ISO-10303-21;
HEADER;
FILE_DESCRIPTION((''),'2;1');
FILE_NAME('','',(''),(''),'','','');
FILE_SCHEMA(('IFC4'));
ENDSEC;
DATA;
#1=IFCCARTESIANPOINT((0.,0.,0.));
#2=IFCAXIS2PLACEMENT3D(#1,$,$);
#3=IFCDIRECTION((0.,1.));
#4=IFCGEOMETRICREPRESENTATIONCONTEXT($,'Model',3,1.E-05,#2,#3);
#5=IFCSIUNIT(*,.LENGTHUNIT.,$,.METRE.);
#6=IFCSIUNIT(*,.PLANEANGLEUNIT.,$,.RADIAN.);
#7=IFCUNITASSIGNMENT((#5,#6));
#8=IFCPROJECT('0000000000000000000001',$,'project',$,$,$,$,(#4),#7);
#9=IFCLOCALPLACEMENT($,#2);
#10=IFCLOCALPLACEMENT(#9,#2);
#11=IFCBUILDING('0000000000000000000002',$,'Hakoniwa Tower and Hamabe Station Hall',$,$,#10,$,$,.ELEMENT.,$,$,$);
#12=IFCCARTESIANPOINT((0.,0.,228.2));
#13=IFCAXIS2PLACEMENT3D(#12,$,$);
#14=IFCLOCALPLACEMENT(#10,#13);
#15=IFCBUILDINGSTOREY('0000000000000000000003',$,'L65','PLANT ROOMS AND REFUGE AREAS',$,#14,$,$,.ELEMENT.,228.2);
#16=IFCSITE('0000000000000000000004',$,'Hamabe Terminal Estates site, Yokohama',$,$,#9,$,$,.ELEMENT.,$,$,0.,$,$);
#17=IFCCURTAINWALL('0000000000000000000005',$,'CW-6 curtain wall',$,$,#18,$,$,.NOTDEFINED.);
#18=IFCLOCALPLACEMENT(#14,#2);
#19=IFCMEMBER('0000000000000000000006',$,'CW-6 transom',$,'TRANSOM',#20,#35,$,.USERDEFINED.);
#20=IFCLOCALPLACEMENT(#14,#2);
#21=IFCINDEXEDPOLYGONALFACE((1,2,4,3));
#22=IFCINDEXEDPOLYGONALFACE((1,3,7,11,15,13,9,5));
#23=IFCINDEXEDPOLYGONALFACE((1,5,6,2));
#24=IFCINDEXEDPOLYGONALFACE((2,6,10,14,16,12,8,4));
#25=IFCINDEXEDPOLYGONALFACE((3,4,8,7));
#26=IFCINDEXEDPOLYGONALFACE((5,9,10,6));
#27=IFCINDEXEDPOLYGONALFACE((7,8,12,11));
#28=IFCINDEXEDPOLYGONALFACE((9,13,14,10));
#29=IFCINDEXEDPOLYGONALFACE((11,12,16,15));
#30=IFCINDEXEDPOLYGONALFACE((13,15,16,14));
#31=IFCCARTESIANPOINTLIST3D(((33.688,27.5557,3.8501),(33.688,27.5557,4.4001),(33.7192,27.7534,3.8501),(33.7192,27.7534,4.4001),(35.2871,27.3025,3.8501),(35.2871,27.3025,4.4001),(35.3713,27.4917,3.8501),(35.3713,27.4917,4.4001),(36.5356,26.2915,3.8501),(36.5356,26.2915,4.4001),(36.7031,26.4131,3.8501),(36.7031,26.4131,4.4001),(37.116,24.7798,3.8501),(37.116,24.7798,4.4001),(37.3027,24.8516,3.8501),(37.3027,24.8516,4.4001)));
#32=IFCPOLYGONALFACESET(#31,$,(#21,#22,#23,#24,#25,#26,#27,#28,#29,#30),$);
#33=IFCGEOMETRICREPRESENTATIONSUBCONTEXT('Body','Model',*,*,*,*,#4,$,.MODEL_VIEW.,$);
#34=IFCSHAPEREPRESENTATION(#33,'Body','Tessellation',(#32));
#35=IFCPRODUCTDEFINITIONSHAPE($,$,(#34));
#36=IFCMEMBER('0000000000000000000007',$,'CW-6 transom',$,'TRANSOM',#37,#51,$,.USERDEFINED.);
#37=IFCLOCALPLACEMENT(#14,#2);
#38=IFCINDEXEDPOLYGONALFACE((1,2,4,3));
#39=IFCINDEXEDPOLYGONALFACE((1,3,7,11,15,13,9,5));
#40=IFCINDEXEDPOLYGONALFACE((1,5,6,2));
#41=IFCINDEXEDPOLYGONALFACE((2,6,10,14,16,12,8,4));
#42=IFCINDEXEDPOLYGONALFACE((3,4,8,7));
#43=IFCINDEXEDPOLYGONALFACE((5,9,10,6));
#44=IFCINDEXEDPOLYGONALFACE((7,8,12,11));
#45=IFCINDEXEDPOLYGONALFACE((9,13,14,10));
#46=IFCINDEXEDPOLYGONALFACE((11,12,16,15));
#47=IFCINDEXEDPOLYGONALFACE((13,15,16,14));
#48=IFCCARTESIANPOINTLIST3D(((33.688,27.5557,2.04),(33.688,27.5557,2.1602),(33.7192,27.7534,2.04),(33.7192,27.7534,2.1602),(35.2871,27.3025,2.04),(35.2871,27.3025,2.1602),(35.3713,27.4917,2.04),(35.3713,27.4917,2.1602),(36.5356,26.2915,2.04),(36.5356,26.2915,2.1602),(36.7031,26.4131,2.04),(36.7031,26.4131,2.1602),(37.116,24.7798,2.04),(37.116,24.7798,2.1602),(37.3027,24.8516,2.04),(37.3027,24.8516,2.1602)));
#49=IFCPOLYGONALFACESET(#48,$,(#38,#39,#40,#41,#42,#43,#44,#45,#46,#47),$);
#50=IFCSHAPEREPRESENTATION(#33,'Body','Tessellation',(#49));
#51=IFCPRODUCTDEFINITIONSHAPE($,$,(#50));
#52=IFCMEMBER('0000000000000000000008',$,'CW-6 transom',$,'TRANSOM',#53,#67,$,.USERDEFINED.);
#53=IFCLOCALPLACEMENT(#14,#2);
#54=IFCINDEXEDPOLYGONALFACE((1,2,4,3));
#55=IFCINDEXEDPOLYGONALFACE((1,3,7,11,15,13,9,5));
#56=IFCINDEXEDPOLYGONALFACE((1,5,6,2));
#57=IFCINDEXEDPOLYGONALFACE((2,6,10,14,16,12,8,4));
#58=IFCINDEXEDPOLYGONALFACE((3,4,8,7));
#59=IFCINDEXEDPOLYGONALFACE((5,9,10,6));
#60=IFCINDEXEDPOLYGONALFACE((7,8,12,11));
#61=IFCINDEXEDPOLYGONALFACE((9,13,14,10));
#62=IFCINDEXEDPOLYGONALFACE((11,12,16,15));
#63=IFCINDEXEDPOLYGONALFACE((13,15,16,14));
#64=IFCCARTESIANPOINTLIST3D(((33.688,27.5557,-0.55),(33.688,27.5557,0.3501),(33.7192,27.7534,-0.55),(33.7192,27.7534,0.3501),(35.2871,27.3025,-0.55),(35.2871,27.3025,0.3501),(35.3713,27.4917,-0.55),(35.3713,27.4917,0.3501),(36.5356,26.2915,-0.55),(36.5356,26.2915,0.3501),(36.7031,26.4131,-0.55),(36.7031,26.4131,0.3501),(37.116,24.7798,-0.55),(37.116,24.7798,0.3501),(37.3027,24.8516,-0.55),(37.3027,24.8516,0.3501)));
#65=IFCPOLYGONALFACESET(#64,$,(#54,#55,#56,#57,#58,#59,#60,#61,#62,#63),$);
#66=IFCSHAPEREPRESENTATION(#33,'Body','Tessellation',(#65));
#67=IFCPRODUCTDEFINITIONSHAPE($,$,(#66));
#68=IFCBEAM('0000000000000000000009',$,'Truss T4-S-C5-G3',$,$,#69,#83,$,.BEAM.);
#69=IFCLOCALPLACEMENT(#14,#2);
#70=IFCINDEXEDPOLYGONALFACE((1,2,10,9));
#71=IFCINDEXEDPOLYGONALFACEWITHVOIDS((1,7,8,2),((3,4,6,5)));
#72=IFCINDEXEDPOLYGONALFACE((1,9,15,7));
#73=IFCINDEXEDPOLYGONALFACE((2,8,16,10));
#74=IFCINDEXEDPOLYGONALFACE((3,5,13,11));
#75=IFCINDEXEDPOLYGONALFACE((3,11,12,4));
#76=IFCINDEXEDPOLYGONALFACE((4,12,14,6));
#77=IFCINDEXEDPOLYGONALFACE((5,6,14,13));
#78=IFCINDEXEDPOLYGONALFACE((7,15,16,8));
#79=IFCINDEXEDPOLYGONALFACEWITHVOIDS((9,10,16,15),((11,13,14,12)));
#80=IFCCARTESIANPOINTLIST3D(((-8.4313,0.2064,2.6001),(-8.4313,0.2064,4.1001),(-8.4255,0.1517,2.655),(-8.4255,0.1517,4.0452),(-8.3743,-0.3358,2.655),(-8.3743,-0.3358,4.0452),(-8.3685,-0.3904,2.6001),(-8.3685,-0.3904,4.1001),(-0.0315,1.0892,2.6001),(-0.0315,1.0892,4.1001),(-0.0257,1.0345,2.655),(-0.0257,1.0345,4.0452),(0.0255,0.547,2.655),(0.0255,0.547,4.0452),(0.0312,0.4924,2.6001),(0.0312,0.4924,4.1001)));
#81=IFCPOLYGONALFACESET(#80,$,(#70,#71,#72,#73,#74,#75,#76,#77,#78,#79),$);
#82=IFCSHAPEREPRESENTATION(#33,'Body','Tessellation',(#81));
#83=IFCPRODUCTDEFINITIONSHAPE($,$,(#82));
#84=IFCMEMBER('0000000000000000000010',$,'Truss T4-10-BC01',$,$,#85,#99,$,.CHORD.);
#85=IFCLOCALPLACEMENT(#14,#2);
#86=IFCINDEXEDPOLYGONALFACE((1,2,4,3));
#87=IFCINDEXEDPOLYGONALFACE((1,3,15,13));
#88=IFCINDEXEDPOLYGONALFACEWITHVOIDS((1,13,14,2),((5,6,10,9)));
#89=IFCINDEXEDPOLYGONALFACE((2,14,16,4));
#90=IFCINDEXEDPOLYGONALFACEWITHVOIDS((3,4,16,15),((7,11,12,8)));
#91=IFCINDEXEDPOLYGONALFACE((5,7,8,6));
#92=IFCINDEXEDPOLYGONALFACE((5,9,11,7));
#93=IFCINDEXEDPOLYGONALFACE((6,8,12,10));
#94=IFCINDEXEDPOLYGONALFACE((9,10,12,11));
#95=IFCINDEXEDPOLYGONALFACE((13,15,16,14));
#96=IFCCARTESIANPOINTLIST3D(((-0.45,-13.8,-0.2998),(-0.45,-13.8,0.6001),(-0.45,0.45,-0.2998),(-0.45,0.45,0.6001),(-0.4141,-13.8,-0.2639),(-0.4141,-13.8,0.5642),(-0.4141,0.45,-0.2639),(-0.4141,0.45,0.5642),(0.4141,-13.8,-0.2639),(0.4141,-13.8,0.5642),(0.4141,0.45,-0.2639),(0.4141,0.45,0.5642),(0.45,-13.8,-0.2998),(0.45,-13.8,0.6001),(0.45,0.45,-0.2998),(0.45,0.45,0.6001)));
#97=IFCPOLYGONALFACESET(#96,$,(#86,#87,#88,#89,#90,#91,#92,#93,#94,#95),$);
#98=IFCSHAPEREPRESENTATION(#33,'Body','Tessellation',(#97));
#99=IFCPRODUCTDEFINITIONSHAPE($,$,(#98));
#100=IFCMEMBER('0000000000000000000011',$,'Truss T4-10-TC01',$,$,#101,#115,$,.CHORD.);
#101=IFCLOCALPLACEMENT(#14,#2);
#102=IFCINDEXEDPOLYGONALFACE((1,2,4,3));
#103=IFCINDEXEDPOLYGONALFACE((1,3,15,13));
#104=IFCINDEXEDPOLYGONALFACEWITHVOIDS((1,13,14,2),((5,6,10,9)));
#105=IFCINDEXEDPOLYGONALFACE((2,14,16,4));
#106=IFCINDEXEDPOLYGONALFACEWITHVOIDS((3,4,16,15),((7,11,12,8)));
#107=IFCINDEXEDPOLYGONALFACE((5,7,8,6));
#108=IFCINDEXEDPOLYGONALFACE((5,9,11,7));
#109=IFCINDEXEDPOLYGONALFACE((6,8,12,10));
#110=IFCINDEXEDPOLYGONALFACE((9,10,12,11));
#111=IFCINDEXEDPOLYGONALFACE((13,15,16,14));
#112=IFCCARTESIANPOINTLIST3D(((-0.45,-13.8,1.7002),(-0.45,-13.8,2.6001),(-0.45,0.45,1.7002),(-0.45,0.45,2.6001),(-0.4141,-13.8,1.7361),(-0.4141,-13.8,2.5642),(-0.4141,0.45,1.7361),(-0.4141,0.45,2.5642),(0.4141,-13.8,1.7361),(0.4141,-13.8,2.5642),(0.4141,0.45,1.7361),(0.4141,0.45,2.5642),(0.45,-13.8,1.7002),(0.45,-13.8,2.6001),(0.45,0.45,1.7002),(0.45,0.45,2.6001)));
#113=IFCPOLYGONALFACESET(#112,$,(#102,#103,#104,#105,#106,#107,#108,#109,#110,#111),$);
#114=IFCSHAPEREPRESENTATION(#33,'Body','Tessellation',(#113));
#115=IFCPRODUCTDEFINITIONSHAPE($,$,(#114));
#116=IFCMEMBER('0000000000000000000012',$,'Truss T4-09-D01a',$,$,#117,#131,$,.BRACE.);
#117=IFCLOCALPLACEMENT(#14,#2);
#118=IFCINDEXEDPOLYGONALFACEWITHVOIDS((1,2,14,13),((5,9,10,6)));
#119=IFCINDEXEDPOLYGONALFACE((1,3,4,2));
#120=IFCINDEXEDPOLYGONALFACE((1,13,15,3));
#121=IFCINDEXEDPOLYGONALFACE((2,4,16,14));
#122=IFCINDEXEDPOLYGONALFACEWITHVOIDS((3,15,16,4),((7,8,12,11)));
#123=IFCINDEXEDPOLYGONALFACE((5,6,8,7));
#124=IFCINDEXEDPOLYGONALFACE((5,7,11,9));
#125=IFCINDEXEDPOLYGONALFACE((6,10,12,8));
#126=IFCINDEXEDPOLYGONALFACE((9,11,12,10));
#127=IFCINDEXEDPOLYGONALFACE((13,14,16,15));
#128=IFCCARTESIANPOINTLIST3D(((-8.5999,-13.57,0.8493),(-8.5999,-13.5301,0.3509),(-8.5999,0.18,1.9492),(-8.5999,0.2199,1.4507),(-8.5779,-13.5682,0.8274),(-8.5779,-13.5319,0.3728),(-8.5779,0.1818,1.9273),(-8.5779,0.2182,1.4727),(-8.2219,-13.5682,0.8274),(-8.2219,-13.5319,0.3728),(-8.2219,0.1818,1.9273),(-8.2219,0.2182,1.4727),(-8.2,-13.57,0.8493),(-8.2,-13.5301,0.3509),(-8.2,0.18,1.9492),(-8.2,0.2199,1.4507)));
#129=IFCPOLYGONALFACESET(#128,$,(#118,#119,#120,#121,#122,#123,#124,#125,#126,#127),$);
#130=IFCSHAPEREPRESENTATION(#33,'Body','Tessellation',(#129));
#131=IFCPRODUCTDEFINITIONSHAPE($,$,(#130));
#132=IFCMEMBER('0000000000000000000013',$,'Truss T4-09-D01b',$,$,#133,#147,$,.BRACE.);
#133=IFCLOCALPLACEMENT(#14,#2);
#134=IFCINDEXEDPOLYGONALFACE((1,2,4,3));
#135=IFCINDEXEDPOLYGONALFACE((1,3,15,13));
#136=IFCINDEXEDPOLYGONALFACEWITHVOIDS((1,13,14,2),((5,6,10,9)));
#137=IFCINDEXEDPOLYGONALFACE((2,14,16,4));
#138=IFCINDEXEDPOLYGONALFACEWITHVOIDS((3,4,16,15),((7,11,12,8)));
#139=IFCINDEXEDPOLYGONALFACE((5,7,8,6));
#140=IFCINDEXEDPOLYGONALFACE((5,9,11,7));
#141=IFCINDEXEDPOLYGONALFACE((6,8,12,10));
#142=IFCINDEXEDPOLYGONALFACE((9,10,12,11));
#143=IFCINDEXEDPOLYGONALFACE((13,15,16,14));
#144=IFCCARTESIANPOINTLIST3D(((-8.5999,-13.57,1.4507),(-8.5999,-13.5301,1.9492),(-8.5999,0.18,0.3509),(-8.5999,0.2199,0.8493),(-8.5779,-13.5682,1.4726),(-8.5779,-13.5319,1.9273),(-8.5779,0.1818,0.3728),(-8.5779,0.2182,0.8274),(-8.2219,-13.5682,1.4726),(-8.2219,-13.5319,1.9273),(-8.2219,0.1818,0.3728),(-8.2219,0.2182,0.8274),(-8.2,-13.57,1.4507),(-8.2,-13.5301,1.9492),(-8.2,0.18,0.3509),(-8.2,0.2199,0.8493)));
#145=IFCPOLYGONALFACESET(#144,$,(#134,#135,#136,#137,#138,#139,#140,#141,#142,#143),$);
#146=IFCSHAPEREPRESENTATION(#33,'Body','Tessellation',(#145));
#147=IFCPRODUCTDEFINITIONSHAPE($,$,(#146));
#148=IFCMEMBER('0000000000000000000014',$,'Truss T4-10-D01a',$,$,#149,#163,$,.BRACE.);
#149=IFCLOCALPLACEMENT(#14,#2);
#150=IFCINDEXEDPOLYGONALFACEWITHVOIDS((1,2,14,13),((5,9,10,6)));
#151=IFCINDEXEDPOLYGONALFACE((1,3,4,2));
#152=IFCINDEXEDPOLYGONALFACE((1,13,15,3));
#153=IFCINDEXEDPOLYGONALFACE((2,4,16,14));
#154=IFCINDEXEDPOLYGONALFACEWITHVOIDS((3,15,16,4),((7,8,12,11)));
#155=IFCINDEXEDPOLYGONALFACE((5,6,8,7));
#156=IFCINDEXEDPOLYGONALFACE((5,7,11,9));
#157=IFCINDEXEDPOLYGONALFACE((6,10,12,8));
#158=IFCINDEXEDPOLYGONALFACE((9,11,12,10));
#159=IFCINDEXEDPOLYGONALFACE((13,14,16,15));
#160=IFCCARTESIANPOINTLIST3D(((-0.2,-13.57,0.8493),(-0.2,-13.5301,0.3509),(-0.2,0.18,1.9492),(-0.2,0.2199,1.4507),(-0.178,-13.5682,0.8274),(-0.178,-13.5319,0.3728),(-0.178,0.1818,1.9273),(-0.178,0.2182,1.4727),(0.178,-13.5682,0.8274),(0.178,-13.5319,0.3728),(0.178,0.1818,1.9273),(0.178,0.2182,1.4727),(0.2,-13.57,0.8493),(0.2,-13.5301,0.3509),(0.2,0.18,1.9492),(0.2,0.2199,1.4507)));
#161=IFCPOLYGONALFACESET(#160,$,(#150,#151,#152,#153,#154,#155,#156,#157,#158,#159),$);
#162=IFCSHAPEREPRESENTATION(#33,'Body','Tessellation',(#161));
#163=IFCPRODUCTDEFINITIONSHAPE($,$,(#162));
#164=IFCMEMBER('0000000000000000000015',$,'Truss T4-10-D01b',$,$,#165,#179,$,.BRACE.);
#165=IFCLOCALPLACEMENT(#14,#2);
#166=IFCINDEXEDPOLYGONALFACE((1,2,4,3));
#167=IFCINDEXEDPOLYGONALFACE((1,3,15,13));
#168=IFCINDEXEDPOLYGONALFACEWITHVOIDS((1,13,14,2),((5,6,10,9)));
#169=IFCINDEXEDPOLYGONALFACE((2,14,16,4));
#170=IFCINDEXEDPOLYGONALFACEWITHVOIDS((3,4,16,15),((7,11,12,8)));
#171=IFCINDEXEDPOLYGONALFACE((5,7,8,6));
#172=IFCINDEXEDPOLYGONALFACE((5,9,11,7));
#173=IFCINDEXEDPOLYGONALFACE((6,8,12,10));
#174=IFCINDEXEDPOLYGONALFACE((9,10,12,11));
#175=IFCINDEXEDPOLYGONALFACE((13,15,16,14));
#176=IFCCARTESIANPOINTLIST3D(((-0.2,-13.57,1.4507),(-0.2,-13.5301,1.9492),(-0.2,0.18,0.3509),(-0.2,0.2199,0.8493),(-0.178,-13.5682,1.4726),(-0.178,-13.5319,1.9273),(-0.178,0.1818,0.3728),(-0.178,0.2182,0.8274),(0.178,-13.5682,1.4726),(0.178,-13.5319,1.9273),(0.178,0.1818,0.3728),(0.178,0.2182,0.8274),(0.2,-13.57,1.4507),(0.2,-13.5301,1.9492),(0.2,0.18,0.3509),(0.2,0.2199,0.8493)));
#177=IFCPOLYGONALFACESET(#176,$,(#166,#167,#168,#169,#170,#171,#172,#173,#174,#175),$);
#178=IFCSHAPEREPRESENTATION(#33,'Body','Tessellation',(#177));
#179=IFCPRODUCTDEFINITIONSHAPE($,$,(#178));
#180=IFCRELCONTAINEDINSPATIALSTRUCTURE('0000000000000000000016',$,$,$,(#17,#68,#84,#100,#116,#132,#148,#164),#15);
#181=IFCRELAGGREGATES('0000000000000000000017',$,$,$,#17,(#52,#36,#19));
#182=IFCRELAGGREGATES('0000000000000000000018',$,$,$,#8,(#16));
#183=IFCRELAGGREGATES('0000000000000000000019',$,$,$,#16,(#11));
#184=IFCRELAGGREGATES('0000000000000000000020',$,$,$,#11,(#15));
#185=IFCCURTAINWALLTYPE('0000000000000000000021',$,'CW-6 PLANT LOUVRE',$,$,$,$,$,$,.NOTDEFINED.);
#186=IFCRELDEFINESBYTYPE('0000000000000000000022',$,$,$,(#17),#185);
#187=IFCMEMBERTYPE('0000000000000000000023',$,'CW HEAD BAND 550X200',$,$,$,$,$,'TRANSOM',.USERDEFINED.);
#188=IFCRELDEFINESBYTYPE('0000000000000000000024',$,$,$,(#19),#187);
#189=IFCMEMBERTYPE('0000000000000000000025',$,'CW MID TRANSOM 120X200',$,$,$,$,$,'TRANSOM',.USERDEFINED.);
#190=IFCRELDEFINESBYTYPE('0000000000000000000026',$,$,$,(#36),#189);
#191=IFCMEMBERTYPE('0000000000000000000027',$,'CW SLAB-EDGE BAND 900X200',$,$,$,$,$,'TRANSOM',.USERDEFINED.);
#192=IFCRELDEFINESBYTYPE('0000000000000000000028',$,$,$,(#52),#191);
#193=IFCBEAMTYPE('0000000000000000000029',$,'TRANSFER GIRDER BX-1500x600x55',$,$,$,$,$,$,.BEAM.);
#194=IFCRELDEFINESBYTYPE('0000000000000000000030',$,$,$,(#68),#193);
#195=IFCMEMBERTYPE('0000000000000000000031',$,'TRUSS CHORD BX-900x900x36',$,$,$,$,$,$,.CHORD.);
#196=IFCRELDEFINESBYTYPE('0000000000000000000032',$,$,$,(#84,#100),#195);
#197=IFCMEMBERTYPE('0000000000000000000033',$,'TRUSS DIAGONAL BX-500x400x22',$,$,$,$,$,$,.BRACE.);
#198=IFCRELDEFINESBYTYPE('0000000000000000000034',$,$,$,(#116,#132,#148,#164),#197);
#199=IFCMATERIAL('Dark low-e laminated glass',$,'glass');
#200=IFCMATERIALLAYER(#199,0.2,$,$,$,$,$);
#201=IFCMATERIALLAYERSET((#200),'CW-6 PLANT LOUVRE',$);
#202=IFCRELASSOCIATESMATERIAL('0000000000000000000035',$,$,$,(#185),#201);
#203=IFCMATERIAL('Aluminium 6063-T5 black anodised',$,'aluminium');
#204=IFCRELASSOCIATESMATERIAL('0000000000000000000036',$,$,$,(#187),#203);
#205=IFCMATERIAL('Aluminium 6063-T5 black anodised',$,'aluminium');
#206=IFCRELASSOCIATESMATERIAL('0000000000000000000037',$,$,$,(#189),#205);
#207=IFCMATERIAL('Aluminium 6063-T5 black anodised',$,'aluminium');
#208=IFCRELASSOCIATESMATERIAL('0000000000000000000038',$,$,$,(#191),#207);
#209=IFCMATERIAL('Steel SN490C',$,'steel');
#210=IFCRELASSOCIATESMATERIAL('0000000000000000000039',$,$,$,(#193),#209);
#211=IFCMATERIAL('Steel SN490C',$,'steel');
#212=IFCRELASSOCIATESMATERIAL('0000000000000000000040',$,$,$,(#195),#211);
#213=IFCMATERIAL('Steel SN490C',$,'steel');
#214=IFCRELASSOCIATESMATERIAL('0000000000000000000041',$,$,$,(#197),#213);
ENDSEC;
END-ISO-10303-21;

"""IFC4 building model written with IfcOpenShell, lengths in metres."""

from ifc_helpers import new_model, si_unit, direction, frame, origin, origin_2d, place, context, subcontext, project, spatial, polyline, rectangle, hollow_rectangle, outline, extrude, material, layer, layer_set, material_profile, profile_set, type_object, element, aggregate, save


model = new_model("IFC4")

# Units and contexts
model_context = context("Model", 3, precision=1e-05, world=origin(), true_north=direction((0.0, 1.0)))
body_context = subcontext(model_context, "Body", "Model", "MODEL_VIEW")
ifc_project = project(units=[si_unit("LENGTHUNIT", "METRE"), si_unit("PLANEANGLEUNIT", "RADIAN")], contexts=[model_context])

# Site, building, storey
site_placement = place(None, origin())
site = spatial("IfcSite", under=ifc_project, at=site_placement, Name="Hamabe Terminal Estates site, Yokohama", CompositionType="ELEMENT", RefElevation=0.0)
building_placement = place(site_placement, origin())
building = spatial("IfcBuilding", under=site, at=building_placement, Name="Hakoniwa Tower and Hamabe Station Hall", CompositionType="ELEMENT")
storey_placement = place(building_placement, frame((0.0, 0.0, 228.2)))
storey = spatial("IfcBuildingStorey", under=building, at=storey_placement, Name="L65", Description="PLANT ROOMS AND REFUGE AREAS", CompositionType="ELEMENT", Elevation=228.2)

# Curtain wall, members
ifc_material_1 = material(Name="Dark low-e laminated glass", Category="glass")
ifc_layer_1 = layer(ifc_material_1, 0.2)
ifc_layer_set_1 = layer_set([ifc_layer_1], Name="CW-6 PLANT LOUVRE")
curtain_wall_type = type_object("IfcCurtainWallType", Name="CW-6 PLANT LOUVRE", PredefinedType="NOTDEFINED", material=ifc_layer_set_1)
curtain_wall_placement = place(storey_placement, origin())
curtain_wall = element("IfcCurtainWall", 1, at=curtain_wall_placement, inside=storey, type_object=curtain_wall_type, Name="CW-6 curtain wall", PredefinedType="NOTDEFINED")
ifc_material_2 = material(Name="Aluminium 6063-T5 black anodised", Category="aluminium")
ifc_material_profile_1 = material_profile(ifc_material_2, rectangle(XDim=0.2, YDim=0.55, at=origin_2d()), Name="CW HEAD BAND 550X200")
ifc_profile_set_1 = profile_set([ifc_material_profile_1], Name="Aluminium 6063-T5 black anodised")
member_type_1 = type_object("IfcMemberType", Name="CW HEAD BAND 550X200", ElementType="TRANSOM", PredefinedType="USERDEFINED", material=ifc_profile_set_1)
member_1_placement = place(storey_placement, frame((0.0, 0.0, 3.8501)))
member_1 = element("IfcMember", 2, at=member_1_placement, type_object=member_type_1, Name="CW-6 transom", ObjectType="TRANSOM", PredefinedType="USERDEFINED", context=body_context, shape_type="SweptSolid", body=[
    extrude(outline(polyline([(37.3027, 24.8516), (36.7031, 26.4131), (35.3713, 27.4917), (33.7192, 27.7534), (33.688, 27.5557), (35.2871, 27.3025), (36.5356, 26.2915), (37.116, 24.7798), (37.3027, 24.8516)])), origin(), (0.0, 0.0, 1.0), 0.55),
])
ifc_material_3 = material(Name="Aluminium 6063-T5 black anodised", Category="aluminium")
ifc_material_profile_2 = material_profile(ifc_material_3, rectangle(XDim=0.2, YDim=0.1201, at=origin_2d()), Name="CW MID TRANSOM 120X200")
ifc_profile_set_2 = profile_set([ifc_material_profile_2], Name="Aluminium 6063-T5 black anodised")
member_type_2 = type_object("IfcMemberType", Name="CW MID TRANSOM 120X200", ElementType="TRANSOM", PredefinedType="USERDEFINED", material=ifc_profile_set_2)
member_2_placement = place(storey_placement, frame((0.0, 0.0, 2.04)))
member_2 = element("IfcMember", 3, at=member_2_placement, type_object=member_type_2, Name="CW-6 transom", ObjectType="TRANSOM", PredefinedType="USERDEFINED", context=body_context, shape_type="SweptSolid", body=[
    extrude(outline(polyline([(37.3027, 24.8516), (36.7031, 26.4131), (35.3713, 27.4917), (33.7192, 27.7534), (33.688, 27.5557), (35.2871, 27.3025), (36.5356, 26.2915), (37.116, 24.7798), (37.3027, 24.8516)])), origin(), (0.0, 0.0, 1.0), 0.1201),
])
ifc_material_4 = material(Name="Aluminium 6063-T5 black anodised", Category="aluminium")
ifc_material_profile_3 = material_profile(ifc_material_4, rectangle(XDim=0.2, YDim=0.8999, at=origin_2d()), Name="CW SLAB-EDGE BAND 900X200")
ifc_profile_set_3 = profile_set([ifc_material_profile_3], Name="Aluminium 6063-T5 black anodised")
member_type_3 = type_object("IfcMemberType", Name="CW SLAB-EDGE BAND 900X200", ElementType="TRANSOM", PredefinedType="USERDEFINED", material=ifc_profile_set_3)
member_3_placement = place(storey_placement, frame((0.0, 0.0, -0.55)))
member_3 = element("IfcMember", 4, at=member_3_placement, type_object=member_type_3, Name="CW-6 transom", ObjectType="TRANSOM", PredefinedType="USERDEFINED", context=body_context, shape_type="SweptSolid", body=[
    extrude(outline(polyline([(37.3027, 24.8516), (36.7031, 26.4131), (35.3713, 27.4917), (33.7192, 27.7534), (33.688, 27.5557), (35.2871, 27.3025), (36.5356, 26.2915), (37.116, 24.7798), (37.3027, 24.8516)])), origin(), (0.0, 0.0, 1.0), 0.9001),
])

# Beam
ifc_material_5 = material(Name="Steel SN490C", Category="steel")
ifc_material_profile_4 = material_profile(ifc_material_5, hollow_rectangle(XDim=0.6001, YDim=1.5, WallThickness=0.0549, at=origin_2d()), Name="BX-1500x600x55")
ifc_profile_set_4 = profile_set([ifc_material_profile_4], Name="Steel SN490C")
beam_type = type_object("IfcBeamType", Name="TRANSFER GIRDER BX-1500x600x55", PredefinedType="BEAM", material=ifc_profile_set_4)
beam_placement = place(storey_placement, frame((-8.3999, -0.092, 3.3501), z_axis=(0.994523, 0.104522, 0.0), x_axis=(-0.104522, 0.994523, 0.0)))
element("IfcBeam", 5, at=beam_placement, inside=storey, type_object=beam_type, Name="Truss T4-S-C5-G3", PredefinedType="BEAM", context=body_context, shape_type="SweptSolid", body=[
    extrude(hollow_rectangle(XDim=0.6001, YDim=1.5, WallThickness=0.0549, at=origin_2d()), origin(), (0.0, 0.0, 1.0), 8.446),
])

# Members
ifc_material_6 = material(Name="Steel SN490C", Category="steel")
ifc_material_profile_5 = material_profile(ifc_material_6, hollow_rectangle(XDim=0.8999, YDim=0.8999, WallThickness=0.0359, at=origin_2d()), Name="BX-900x900x36")
ifc_profile_set_5 = profile_set([ifc_material_profile_5], Name="Steel SN490C")
member_type_4 = type_object("IfcMemberType", Name="TRUSS CHORD BX-900x900x36", PredefinedType="CHORD", material=ifc_profile_set_5)
for number, where, z_axis, x_axis, name in (
    (6, (0.0, -13.8, 0.1501), (0.0, 1.0, 0.0), (-1.0, 0.0, 0.0), "Truss T4-10-BC01"),
    (7, (0.0, -13.8, 2.1501), (0.0, 1.0, 0.0), (-1.0, 0.0, 0.0), "Truss T4-10-TC01"),
):
    element("IfcMember", number, at=place(storey_placement, frame(where, z_axis=z_axis, x_axis=x_axis)), inside=storey, type_object=member_type_4, Name=name, PredefinedType="CHORD", context=body_context, shape_type="SweptSolid", body=[
        extrude(hollow_rectangle(XDim=0.8999, YDim=0.8999, WallThickness=0.0359, at=origin_2d()), origin(), (0.0, 0.0, 1.0), 14.25),
    ])
ifc_material_7 = material(Name="Steel SN490C", Category="steel")
ifc_material_profile_6 = material_profile(ifc_material_7, hollow_rectangle(XDim=0.3999, YDim=0.5, WallThickness=0.022, at=origin_2d()), Name="BX-500x400x22")
ifc_profile_set_6 = profile_set([ifc_material_profile_6], Name="Steel SN490C")
member_type_5 = type_object("IfcMemberType", Name="TRUSS DIAGONAL BX-500x400x22", PredefinedType="BRACE", material=ifc_profile_set_6)
for number, where, z_axis, x_axis, name in (
    (8, (-8.3999, -13.55, 0.6001), (0.0, 0.996816, 0.079735), (-1.0, 0.0, 0.0), "Truss T4-09-D01a"),
    (9, (-8.3999, -13.55, 1.7), (0.0, 0.996816, -0.079735), (-1.0, 0.0, 0.0), "Truss T4-09-D01b"),
    (10, (0.0, -13.55, 0.6001), (0.0, 0.996816, 0.079735), (-1.0, 0.0, 0.0), "Truss T4-10-D01a"),
    (11, (0.0, -13.55, 1.7), (0.0, 0.996816, -0.079735), (-1.0, 0.0, 0.0), "Truss T4-10-D01b"),
):
    element("IfcMember", number, at=place(storey_placement, frame(where, z_axis=z_axis, x_axis=x_axis)), inside=storey, type_object=member_type_5, Name=name, PredefinedType="BRACE", context=body_context, shape_type="SweptSolid", body=[
        extrude(hollow_rectangle(XDim=0.3999, YDim=0.5, WallThickness=0.022, at=origin_2d()), origin(), (0.0, 0.0, 1.0), 13.7939),
    ])

aggregate(curtain_wall, [member_3, member_2, member_1])

save(model, "model.ifc")
